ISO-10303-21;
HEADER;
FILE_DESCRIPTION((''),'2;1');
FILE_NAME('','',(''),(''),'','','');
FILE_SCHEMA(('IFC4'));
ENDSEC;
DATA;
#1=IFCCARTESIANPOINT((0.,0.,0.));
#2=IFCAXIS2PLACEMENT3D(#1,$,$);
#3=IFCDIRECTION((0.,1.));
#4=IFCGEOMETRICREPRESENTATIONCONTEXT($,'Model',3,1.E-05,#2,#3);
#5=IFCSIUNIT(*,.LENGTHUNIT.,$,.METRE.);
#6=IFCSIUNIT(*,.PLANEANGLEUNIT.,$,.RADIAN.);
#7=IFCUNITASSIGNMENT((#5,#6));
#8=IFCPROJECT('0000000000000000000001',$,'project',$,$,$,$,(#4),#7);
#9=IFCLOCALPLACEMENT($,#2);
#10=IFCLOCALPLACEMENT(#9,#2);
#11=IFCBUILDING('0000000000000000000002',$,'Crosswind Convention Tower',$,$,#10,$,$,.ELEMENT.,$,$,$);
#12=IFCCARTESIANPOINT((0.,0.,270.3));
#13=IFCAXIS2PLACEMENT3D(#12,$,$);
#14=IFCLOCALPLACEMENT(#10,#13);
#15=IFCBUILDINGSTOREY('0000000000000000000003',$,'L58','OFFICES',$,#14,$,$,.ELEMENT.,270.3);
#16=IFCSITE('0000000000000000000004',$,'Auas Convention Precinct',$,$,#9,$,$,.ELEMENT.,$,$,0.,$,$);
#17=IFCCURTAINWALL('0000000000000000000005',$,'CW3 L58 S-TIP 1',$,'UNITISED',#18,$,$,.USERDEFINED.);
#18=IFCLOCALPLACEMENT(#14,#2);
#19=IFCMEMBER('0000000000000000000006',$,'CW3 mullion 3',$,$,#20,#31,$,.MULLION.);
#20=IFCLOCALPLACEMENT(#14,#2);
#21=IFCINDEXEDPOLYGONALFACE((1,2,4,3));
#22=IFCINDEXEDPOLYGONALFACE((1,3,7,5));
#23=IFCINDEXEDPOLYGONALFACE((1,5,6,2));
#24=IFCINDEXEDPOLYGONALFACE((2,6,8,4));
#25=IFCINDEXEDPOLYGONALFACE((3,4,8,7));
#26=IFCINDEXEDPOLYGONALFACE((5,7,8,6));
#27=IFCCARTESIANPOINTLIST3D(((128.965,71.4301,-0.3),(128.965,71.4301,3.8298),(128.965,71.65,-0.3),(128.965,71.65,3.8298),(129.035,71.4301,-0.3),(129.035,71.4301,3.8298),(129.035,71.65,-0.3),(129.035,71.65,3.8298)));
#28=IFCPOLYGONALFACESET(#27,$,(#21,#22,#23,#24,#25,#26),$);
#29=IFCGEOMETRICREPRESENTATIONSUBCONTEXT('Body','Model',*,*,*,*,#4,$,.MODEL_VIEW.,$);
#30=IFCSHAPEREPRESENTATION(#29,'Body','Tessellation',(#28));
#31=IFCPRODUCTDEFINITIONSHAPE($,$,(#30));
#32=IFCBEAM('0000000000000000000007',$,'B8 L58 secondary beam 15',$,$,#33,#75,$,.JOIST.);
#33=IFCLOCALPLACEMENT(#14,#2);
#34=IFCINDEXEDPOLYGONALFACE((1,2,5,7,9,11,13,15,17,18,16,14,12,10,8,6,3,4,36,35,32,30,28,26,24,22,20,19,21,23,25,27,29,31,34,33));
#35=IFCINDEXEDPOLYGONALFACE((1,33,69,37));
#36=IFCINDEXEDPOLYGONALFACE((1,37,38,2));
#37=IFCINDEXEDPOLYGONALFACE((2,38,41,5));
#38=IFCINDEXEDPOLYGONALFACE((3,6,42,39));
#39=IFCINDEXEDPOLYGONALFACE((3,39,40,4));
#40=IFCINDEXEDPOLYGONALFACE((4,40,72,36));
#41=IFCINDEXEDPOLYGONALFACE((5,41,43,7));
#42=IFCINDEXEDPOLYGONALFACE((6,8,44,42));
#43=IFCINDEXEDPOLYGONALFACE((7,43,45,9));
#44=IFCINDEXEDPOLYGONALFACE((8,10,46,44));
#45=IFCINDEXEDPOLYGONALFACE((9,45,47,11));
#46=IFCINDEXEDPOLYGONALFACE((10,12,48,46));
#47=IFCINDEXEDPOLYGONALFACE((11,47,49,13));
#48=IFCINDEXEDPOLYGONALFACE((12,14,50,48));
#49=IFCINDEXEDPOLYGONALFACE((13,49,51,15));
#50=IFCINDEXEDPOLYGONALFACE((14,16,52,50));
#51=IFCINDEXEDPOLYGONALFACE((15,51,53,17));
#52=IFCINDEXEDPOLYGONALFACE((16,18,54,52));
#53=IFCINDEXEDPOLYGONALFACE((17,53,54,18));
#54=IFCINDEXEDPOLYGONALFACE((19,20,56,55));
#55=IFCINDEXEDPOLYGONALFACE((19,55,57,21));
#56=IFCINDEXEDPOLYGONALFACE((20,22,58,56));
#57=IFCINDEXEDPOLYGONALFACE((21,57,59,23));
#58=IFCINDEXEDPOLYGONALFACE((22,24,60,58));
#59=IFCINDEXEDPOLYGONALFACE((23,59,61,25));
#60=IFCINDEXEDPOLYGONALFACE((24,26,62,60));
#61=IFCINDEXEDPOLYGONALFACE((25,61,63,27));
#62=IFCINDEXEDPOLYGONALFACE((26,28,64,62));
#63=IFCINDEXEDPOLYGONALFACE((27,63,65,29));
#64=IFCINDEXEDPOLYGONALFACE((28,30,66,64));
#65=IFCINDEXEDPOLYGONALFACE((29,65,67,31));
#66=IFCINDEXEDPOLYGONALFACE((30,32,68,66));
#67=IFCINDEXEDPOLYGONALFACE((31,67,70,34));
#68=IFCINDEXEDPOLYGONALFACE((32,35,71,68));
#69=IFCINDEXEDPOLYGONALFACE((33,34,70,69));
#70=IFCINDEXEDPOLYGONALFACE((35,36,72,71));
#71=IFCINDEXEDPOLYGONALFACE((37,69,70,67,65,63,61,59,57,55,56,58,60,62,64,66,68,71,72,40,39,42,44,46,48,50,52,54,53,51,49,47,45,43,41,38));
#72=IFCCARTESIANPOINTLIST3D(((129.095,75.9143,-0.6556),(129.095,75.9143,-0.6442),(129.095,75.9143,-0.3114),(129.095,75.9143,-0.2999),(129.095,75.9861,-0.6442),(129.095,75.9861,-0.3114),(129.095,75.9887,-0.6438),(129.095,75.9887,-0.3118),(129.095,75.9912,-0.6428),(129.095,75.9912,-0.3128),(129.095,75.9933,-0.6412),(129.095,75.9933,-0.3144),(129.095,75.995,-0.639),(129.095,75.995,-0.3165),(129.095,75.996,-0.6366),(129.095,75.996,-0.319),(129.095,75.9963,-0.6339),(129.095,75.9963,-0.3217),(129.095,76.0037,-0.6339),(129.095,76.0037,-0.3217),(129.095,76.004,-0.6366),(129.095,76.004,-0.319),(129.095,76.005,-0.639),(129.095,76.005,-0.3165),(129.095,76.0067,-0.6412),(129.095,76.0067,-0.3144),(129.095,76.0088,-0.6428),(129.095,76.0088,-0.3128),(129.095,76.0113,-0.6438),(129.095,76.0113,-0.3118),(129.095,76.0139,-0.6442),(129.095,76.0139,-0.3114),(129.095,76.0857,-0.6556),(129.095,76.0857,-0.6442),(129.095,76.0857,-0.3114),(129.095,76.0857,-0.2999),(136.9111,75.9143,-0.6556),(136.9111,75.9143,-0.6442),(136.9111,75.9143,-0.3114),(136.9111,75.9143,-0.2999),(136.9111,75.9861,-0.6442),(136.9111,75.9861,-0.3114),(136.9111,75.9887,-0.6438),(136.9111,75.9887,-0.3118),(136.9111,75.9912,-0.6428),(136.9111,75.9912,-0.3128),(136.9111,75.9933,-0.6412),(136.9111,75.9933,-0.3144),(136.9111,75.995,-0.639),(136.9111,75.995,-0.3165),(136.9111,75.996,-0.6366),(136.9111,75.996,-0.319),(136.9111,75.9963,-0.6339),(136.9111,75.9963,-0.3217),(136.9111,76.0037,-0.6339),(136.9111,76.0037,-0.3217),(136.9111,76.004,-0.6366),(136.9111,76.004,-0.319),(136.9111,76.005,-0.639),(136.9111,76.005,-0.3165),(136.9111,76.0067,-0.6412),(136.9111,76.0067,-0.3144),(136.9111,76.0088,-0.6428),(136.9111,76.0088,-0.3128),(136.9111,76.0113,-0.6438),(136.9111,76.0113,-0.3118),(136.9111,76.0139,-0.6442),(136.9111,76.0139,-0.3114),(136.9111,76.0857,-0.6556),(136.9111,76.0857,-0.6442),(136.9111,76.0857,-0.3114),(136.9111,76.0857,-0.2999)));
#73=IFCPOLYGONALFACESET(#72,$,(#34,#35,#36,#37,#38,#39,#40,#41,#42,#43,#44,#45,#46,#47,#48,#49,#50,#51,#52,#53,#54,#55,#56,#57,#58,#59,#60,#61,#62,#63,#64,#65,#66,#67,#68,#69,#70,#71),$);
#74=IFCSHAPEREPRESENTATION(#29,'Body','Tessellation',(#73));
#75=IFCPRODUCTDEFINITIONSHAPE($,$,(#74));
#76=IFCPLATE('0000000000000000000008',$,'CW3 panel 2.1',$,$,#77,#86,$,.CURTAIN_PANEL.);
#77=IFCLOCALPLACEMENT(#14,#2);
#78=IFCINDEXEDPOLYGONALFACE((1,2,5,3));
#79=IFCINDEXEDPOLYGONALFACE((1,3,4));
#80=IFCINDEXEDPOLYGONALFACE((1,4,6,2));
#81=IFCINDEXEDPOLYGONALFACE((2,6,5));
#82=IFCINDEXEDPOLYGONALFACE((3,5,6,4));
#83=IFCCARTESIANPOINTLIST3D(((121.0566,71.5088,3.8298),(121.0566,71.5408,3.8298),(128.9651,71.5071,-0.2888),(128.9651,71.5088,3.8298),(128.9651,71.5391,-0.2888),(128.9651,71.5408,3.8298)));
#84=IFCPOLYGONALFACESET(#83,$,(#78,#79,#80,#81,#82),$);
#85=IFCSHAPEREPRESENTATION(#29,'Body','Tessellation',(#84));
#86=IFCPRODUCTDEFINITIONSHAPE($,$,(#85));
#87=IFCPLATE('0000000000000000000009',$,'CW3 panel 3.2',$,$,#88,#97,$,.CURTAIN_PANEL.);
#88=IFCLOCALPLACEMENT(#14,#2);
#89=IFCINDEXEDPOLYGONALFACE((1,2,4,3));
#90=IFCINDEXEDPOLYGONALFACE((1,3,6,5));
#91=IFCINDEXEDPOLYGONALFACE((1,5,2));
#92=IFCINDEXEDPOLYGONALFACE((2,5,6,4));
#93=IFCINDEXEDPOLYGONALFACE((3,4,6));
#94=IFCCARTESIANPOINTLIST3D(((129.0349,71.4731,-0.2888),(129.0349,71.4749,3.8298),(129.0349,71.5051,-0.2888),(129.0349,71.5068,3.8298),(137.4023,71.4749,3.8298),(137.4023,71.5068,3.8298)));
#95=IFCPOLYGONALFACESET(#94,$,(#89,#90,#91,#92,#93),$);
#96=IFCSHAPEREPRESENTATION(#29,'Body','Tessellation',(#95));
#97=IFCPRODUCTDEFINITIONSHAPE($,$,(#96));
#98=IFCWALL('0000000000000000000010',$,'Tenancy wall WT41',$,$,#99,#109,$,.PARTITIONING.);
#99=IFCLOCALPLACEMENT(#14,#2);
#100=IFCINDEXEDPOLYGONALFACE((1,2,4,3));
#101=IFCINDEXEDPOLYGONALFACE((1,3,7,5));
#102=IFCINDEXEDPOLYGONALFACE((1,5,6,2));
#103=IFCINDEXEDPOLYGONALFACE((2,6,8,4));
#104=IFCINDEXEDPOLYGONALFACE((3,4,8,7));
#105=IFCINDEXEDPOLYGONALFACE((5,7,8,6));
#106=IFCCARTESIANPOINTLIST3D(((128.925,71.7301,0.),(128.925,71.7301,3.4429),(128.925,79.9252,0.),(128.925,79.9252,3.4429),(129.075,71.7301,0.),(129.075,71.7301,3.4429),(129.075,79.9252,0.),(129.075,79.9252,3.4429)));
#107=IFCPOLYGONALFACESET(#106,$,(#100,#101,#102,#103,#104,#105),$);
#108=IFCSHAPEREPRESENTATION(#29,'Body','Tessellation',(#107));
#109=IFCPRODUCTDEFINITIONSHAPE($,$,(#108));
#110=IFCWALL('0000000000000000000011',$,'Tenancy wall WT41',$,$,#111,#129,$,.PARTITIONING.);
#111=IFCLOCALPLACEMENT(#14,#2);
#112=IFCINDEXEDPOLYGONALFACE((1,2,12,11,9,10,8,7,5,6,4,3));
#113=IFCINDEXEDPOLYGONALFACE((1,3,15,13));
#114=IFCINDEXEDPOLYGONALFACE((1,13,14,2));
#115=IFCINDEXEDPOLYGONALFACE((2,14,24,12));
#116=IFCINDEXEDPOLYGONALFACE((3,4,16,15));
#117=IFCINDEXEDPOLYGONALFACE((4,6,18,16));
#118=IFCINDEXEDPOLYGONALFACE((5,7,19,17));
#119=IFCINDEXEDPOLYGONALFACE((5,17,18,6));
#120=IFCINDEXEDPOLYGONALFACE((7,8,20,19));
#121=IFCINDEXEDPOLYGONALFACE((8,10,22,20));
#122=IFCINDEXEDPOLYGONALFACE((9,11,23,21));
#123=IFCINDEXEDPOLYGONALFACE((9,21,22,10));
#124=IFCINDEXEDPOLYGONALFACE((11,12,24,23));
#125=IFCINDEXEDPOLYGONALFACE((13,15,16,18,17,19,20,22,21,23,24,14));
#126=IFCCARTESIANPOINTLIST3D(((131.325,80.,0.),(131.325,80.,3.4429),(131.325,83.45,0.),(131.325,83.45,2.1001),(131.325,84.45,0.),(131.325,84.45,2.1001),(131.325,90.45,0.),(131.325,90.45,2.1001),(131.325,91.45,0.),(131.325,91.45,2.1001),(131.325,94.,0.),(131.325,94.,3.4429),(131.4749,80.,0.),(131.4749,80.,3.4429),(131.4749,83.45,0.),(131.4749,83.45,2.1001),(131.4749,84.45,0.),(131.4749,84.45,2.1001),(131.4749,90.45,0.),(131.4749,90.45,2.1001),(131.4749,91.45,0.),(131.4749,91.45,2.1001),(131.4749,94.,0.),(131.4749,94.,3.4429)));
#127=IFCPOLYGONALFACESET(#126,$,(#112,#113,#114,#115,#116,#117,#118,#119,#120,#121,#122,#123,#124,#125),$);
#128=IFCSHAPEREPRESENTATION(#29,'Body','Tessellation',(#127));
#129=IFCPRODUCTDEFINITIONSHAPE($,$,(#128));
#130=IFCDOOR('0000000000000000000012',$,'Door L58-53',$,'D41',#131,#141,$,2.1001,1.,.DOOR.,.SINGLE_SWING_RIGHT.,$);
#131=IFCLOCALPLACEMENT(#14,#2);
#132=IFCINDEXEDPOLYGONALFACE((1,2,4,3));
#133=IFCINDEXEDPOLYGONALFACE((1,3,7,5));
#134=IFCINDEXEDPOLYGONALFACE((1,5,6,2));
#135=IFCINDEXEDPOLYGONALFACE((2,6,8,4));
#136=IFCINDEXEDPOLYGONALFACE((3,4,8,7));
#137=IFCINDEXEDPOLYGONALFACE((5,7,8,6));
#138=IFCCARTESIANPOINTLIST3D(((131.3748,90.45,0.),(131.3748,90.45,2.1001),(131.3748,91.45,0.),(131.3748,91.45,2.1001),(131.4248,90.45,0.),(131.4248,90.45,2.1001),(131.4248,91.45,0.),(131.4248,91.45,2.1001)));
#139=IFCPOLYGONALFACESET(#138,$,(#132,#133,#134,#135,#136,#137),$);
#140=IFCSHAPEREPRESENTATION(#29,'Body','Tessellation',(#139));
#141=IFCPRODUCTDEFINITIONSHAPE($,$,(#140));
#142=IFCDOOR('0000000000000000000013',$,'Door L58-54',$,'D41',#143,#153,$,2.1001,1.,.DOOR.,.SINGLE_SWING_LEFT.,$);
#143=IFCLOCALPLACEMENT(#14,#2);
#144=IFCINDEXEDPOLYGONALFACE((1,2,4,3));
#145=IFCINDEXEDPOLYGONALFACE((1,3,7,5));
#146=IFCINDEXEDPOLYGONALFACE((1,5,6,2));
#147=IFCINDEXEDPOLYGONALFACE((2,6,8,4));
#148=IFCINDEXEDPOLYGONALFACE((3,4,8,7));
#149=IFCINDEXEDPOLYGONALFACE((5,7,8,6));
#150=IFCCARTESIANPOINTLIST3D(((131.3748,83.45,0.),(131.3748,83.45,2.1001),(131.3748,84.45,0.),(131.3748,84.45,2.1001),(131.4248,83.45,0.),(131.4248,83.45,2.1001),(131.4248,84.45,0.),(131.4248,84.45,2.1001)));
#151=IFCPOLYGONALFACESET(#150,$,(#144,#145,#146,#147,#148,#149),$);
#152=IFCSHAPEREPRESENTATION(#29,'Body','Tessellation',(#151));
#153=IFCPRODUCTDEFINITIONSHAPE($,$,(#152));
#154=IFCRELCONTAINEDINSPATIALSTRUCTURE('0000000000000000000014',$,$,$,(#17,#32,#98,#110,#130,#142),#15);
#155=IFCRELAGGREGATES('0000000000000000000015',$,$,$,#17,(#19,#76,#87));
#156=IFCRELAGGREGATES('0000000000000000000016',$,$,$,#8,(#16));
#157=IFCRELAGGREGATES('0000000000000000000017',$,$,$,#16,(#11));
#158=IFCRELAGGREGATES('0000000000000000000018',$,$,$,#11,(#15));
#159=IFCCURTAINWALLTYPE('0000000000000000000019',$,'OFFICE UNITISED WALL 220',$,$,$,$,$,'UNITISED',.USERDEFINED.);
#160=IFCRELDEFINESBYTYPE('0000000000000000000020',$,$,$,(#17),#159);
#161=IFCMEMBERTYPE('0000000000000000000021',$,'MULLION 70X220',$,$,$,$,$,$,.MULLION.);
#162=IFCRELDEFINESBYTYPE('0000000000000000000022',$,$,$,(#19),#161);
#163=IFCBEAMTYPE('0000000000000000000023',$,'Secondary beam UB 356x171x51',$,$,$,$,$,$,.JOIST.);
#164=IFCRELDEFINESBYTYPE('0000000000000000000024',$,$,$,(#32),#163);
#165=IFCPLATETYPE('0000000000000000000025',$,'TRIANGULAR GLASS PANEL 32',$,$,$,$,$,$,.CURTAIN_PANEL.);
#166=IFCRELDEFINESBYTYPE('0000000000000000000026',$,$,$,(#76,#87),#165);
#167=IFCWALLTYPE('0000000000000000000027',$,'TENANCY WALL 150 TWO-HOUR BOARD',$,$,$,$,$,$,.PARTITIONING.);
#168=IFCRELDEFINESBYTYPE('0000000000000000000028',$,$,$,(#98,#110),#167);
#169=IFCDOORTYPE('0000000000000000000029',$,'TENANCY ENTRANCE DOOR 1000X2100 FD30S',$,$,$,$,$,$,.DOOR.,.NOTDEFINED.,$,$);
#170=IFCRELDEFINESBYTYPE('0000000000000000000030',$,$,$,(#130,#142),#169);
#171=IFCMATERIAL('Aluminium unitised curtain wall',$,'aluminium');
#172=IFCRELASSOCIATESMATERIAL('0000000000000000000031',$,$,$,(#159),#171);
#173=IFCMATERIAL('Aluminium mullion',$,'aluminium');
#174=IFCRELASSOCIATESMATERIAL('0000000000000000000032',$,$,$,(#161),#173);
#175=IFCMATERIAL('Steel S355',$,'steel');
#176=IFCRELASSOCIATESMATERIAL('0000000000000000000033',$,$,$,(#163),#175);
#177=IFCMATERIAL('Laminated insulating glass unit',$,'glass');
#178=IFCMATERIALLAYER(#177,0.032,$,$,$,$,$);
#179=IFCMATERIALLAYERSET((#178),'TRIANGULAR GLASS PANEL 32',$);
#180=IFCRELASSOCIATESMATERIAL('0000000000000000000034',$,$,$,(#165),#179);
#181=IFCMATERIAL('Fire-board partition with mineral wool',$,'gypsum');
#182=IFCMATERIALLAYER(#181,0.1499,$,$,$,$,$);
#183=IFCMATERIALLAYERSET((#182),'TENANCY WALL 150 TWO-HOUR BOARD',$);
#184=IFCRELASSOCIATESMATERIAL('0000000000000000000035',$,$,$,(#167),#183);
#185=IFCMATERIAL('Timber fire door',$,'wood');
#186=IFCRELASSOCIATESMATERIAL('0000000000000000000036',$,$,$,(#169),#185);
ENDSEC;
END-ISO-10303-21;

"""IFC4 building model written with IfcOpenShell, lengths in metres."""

from ifc_helpers import new_model, si_unit, direction, frame, frame_2d, origin, origin_2d, place, context, subcontext, project, spatial, polyline, rectangle, i_section, outline, extrude, material, layer, layer_set, material_profile, profile_set, type_object, element, fill, aggregate, save


model = new_model("IFC4")

# Units and contexts
model_context = context("Model", 3, precision=1e-05, world=origin(), true_north=direction((0.0, 1.0)))
body_context = subcontext(model_context, "Body", "Model", "MODEL_VIEW")
ifc_project = project(units=[si_unit("LENGTHUNIT", "METRE"), si_unit("PLANEANGLEUNIT", "RADIAN")], contexts=[model_context])

# Site, building, storey
site_placement = place(None, origin())
site = spatial("IfcSite", under=ifc_project, at=site_placement, Name="Auas Convention Precinct", CompositionType="ELEMENT", RefElevation=0.0)
building_placement = place(site_placement, origin())
building = spatial("IfcBuilding", under=site, at=building_placement, Name="Crosswind Convention Tower", CompositionType="ELEMENT")
storey_placement = place(building_placement, frame((0.0, 0.0, 270.3)))
storey = spatial("IfcBuildingStorey", under=building, at=storey_placement, Name="L58", Description="OFFICES", CompositionType="ELEMENT", Elevation=270.3)

# Shared definitions
ifc_material_1 = material(Name="Steel S355", Category="steel")

# Curtain wall, member
ifc_material_2 = material(Name="Aluminium unitised curtain wall", Category="aluminium")
curtain_wall_type = type_object("IfcCurtainWallType", Name="OFFICE UNITISED WALL 220", ElementType="UNITISED", PredefinedType="USERDEFINED", material=ifc_material_2)
curtain_wall_placement = place(storey_placement, origin())
curtain_wall = element("IfcCurtainWall", 1, at=curtain_wall_placement, inside=storey, type_object=curtain_wall_type, Name="CW3 L58 S-TIP 1", ObjectType="UNITISED", PredefinedType="USERDEFINED")
ifc_material_3 = material(Name="Aluminium mullion", Category="aluminium")
ifc_material_profile_1 = material_profile(ifc_material_3, rectangle(XDim=0.22, YDim=0.0701, at=origin_2d()), Name="AL 220X70")
ifc_profile_set_1 = profile_set([ifc_material_profile_1], Name="Aluminium mullion")
member_type = type_object("IfcMemberType", Name="MULLION 70X220", PredefinedType="MULLION", material=ifc_profile_set_1)
member_placement = place(storey_placement, frame((129.0, 71.54, -0.3), z_axis=(0.0, 0.0, 1.0), x_axis=(0.0, -1.0, 0.0)))
member = element("IfcMember", 2, at=member_placement, type_object=member_type, Name="CW3 mullion 3", PredefinedType="MULLION", context=body_context, shape_type="SweptSolid", body=[
    extrude(rectangle(XDim=0.22, YDim=0.0701, at=origin_2d()), origin(), (0.0, 0.0, 1.0), 4.1299),
])

# Beam
ifc_material_profile_2 = material_profile(ifc_material_1, i_section(OverallWidth=0.1714, OverallDepth=0.3557, WebThickness=0.0073, FlangeThickness=0.0115, FilletRadius=0.0103, at=origin_2d()), Name="UB 356x171x51")
ifc_profile_set_2 = profile_set([ifc_material_profile_2], Name="Steel S355")
beam_type_1 = type_object("IfcBeamType", Name="Secondary beam UB 356x171x51", PredefinedType="JOIST", material=ifc_profile_set_2)
beam_1_placement = place(storey_placement, frame((129.095, 76.0, -0.4778), z_axis=(1.0, 0.0, 0.0), x_axis=(0.0, 1.0, 0.0)))
element("IfcBeam", 3, at=beam_1_placement, inside=storey, type_object=beam_type_1, Name="B8 L58 secondary beam 15", PredefinedType="JOIST", context=body_context, shape_type="SweptSolid", body=[
    extrude(i_section(OverallWidth=0.1714, OverallDepth=0.3557, WebThickness=0.0073, FlangeThickness=0.0115, FilletRadius=0.0103, at=origin_2d()), origin(), (0.0, 0.0, 1.0), 7.8162),
])

# Plates
ifc_material_4 = material(Name="Laminated insulating glass unit", Category="glass")
ifc_layer_1 = layer(ifc_material_4, 0.032)
ifc_layer_set_1 = layer_set([ifc_layer_1], Name="TRIANGULAR GLASS PANEL 32")
plate_type = type_object("IfcPlateType", Name="TRIANGULAR GLASS PANEL 32", PredefinedType="CURTAIN_PANEL", material=ifc_layer_set_1)
plate_1_placement = place(storey_placement, frame((128.9651, 71.5088, 3.8298), z_axis=(0.0, -1.0, 0.000415), x_axis=(-1.0, 0.0, 0.0)))
plate_1 = element("IfcPlate", 4, at=plate_1_placement, type_object=plate_type, Name="CW3 panel 2.1", PredefinedType="CURTAIN_PANEL", context=body_context, shape_type="SweptSolid", body=[
    extrude(outline(polyline([(0.0, 0.0), (7.9084, 0.0), (0.0, 4.1187), (0.0, 0.0)])), origin(), (0.0, 0.0, -1.0), 0.032),
])
plate_2_placement = place(storey_placement, frame((129.0349, 71.4749, 3.8298), z_axis=(0.0, -1.0, 0.000415), x_axis=(0.0, -0.000415, -1.0)))
plate_2 = element("IfcPlate", 5, at=plate_2_placement, type_object=plate_type, Name="CW3 panel 3.2", PredefinedType="CURTAIN_PANEL", context=body_context, shape_type="SweptSolid", body=[
    extrude(outline(polyline([(0.0, 0.0), (4.1187, 0.0), (0.0, 8.3674), (0.0, 0.0)])), origin(), (0.0, 0.0, -1.0), 0.032),
])
aggregate(curtain_wall, [member, plate_1, plate_2])

# Wall
ifc_material_5 = material(Name="Fire-board partition with mineral wool", Category="gypsum")
ifc_layer_2 = layer(ifc_material_5, 0.1499)
ifc_layer_set_2 = layer_set([ifc_layer_2], Name="TENANCY WALL 150 TWO-HOUR BOARD")
wall_type = type_object("IfcWallType", Name="TENANCY WALL 150 TWO-HOUR BOARD", PredefinedType="PARTITIONING", material=ifc_layer_set_2)
wall_1_placement = place(storey_placement, frame((129.0, 71.73, 0.0), z_axis=(0.0, 0.0, 1.0), x_axis=(0.0, 1.0, 0.0)))
element("IfcWall", 6, at=wall_1_placement, inside=storey, type_object=wall_type, Name="Tenancy wall WT41", PredefinedType="PARTITIONING", context=body_context, shape_type="SweptSolid", body=[
    extrude(rectangle(XDim=8.1951, YDim=0.1499, at=frame_2d((4.0977, 0.0))), origin(), (0.0, 0.0, 1.0), 3.4429),
])

# Wall, openings, doors
wall_2_placement = place(storey_placement, frame((131.3999, 80.0, 0.0), z_axis=(0.0, 0.0, 1.0), x_axis=(0.0, 1.0, 0.0)))
wall_2 = element("IfcWall", 7, at=wall_2_placement, inside=storey, type_object=wall_type, Name="Tenancy wall WT41", PredefinedType="PARTITIONING", context=body_context, shape_type="SweptSolid", body=[
    extrude(rectangle(XDim=14.0, YDim=0.1499, at=frame_2d((7.0, 0.0))), origin(), (0.0, 0.0, 1.0), 3.4429),
])
opening_1_placement = place(wall_2_placement, frame((10.45, 0.0, 0.0)))
opening_1 = element("IfcOpeningElement", 8, at=opening_1_placement, cuts=wall_2, PredefinedType="OPENING", context=body_context, shape_type="SweptSolid", body=[
    extrude(rectangle(XDim=1.0, YDim=2.1001, at=frame_2d((0.5, 1.05))), frame((0.0, 0.085, 0.0), z_axis=(0.0, -1.0, 0.0), x_axis=(1.0, 0.0, 0.0)), (0.0, 0.0, 1.0), 0.1699),
])
opening_2_placement = place(wall_2_placement, frame((3.45, 0.0, 0.0)))
opening_2 = element("IfcOpeningElement", 9, at=opening_2_placement, cuts=wall_2, PredefinedType="OPENING", context=body_context, shape_type="SweptSolid", body=[
    extrude(rectangle(XDim=1.0, YDim=2.1001, at=frame_2d((0.5, 1.05))), frame((0.0, 0.085, 0.0), z_axis=(0.0, -1.0, 0.0), x_axis=(1.0, 0.0, 0.0)), (0.0, 0.0, 1.0), 0.1699),
])
ifc_material_6 = material(Name="Timber fire door", Category="wood")
door_type = type_object("IfcDoorType", Name="TENANCY ENTRANCE DOOR 1000X2100 FD30S", OperationType="NOTDEFINED", PredefinedType="DOOR", material=ifc_material_6)
door_1_placement = place(opening_1_placement, frame((1.0, 0.0, 0.0), z_axis=(0.0, 0.0, 1.0), x_axis=(-1.0, 0.0, 0.0)))
door_1 = element("IfcDoor", 10, at=door_1_placement, inside=storey, type_object=door_type, Name="Door L58-53", ObjectType="D41", OperationType="SINGLE_SWING_RIGHT", OverallHeight=2.1001, OverallWidth=1.0, PredefinedType="DOOR", context=body_context, shape_type="SweptSolid", body=[
    extrude(rectangle(XDim=1.0, YDim=2.1001, at=frame_2d((0.5, 1.05))), frame((0.0, 0.0249, 0.0), z_axis=(0.0, -1.0, 0.0), x_axis=(1.0, 0.0, 0.0)), (0.0, 0.0, 1.0), 0.05),
])
fill(opening_1, door_1)
door_2_placement = place(opening_2_placement, frame((1.0, 0.0, 0.0), z_axis=(0.0, 0.0, 1.0), x_axis=(-1.0, 0.0, 0.0)))
door_2 = element("IfcDoor", 11, at=door_2_placement, inside=storey, type_object=door_type, Name="Door L58-54", ObjectType="D41", OperationType="SINGLE_SWING_LEFT", OverallHeight=2.1001, OverallWidth=1.0, PredefinedType="DOOR", context=body_context, shape_type="SweptSolid", body=[
    extrude(rectangle(XDim=1.0, YDim=2.1001, at=frame_2d((0.5, 1.05))), frame((0.0, 0.0249, 0.0), z_axis=(0.0, -1.0, 0.0), x_axis=(1.0, 0.0, 0.0)), (0.0, 0.0, 1.0), 0.05),
])
fill(opening_2, door_2)

save(model, "model.ifc")
